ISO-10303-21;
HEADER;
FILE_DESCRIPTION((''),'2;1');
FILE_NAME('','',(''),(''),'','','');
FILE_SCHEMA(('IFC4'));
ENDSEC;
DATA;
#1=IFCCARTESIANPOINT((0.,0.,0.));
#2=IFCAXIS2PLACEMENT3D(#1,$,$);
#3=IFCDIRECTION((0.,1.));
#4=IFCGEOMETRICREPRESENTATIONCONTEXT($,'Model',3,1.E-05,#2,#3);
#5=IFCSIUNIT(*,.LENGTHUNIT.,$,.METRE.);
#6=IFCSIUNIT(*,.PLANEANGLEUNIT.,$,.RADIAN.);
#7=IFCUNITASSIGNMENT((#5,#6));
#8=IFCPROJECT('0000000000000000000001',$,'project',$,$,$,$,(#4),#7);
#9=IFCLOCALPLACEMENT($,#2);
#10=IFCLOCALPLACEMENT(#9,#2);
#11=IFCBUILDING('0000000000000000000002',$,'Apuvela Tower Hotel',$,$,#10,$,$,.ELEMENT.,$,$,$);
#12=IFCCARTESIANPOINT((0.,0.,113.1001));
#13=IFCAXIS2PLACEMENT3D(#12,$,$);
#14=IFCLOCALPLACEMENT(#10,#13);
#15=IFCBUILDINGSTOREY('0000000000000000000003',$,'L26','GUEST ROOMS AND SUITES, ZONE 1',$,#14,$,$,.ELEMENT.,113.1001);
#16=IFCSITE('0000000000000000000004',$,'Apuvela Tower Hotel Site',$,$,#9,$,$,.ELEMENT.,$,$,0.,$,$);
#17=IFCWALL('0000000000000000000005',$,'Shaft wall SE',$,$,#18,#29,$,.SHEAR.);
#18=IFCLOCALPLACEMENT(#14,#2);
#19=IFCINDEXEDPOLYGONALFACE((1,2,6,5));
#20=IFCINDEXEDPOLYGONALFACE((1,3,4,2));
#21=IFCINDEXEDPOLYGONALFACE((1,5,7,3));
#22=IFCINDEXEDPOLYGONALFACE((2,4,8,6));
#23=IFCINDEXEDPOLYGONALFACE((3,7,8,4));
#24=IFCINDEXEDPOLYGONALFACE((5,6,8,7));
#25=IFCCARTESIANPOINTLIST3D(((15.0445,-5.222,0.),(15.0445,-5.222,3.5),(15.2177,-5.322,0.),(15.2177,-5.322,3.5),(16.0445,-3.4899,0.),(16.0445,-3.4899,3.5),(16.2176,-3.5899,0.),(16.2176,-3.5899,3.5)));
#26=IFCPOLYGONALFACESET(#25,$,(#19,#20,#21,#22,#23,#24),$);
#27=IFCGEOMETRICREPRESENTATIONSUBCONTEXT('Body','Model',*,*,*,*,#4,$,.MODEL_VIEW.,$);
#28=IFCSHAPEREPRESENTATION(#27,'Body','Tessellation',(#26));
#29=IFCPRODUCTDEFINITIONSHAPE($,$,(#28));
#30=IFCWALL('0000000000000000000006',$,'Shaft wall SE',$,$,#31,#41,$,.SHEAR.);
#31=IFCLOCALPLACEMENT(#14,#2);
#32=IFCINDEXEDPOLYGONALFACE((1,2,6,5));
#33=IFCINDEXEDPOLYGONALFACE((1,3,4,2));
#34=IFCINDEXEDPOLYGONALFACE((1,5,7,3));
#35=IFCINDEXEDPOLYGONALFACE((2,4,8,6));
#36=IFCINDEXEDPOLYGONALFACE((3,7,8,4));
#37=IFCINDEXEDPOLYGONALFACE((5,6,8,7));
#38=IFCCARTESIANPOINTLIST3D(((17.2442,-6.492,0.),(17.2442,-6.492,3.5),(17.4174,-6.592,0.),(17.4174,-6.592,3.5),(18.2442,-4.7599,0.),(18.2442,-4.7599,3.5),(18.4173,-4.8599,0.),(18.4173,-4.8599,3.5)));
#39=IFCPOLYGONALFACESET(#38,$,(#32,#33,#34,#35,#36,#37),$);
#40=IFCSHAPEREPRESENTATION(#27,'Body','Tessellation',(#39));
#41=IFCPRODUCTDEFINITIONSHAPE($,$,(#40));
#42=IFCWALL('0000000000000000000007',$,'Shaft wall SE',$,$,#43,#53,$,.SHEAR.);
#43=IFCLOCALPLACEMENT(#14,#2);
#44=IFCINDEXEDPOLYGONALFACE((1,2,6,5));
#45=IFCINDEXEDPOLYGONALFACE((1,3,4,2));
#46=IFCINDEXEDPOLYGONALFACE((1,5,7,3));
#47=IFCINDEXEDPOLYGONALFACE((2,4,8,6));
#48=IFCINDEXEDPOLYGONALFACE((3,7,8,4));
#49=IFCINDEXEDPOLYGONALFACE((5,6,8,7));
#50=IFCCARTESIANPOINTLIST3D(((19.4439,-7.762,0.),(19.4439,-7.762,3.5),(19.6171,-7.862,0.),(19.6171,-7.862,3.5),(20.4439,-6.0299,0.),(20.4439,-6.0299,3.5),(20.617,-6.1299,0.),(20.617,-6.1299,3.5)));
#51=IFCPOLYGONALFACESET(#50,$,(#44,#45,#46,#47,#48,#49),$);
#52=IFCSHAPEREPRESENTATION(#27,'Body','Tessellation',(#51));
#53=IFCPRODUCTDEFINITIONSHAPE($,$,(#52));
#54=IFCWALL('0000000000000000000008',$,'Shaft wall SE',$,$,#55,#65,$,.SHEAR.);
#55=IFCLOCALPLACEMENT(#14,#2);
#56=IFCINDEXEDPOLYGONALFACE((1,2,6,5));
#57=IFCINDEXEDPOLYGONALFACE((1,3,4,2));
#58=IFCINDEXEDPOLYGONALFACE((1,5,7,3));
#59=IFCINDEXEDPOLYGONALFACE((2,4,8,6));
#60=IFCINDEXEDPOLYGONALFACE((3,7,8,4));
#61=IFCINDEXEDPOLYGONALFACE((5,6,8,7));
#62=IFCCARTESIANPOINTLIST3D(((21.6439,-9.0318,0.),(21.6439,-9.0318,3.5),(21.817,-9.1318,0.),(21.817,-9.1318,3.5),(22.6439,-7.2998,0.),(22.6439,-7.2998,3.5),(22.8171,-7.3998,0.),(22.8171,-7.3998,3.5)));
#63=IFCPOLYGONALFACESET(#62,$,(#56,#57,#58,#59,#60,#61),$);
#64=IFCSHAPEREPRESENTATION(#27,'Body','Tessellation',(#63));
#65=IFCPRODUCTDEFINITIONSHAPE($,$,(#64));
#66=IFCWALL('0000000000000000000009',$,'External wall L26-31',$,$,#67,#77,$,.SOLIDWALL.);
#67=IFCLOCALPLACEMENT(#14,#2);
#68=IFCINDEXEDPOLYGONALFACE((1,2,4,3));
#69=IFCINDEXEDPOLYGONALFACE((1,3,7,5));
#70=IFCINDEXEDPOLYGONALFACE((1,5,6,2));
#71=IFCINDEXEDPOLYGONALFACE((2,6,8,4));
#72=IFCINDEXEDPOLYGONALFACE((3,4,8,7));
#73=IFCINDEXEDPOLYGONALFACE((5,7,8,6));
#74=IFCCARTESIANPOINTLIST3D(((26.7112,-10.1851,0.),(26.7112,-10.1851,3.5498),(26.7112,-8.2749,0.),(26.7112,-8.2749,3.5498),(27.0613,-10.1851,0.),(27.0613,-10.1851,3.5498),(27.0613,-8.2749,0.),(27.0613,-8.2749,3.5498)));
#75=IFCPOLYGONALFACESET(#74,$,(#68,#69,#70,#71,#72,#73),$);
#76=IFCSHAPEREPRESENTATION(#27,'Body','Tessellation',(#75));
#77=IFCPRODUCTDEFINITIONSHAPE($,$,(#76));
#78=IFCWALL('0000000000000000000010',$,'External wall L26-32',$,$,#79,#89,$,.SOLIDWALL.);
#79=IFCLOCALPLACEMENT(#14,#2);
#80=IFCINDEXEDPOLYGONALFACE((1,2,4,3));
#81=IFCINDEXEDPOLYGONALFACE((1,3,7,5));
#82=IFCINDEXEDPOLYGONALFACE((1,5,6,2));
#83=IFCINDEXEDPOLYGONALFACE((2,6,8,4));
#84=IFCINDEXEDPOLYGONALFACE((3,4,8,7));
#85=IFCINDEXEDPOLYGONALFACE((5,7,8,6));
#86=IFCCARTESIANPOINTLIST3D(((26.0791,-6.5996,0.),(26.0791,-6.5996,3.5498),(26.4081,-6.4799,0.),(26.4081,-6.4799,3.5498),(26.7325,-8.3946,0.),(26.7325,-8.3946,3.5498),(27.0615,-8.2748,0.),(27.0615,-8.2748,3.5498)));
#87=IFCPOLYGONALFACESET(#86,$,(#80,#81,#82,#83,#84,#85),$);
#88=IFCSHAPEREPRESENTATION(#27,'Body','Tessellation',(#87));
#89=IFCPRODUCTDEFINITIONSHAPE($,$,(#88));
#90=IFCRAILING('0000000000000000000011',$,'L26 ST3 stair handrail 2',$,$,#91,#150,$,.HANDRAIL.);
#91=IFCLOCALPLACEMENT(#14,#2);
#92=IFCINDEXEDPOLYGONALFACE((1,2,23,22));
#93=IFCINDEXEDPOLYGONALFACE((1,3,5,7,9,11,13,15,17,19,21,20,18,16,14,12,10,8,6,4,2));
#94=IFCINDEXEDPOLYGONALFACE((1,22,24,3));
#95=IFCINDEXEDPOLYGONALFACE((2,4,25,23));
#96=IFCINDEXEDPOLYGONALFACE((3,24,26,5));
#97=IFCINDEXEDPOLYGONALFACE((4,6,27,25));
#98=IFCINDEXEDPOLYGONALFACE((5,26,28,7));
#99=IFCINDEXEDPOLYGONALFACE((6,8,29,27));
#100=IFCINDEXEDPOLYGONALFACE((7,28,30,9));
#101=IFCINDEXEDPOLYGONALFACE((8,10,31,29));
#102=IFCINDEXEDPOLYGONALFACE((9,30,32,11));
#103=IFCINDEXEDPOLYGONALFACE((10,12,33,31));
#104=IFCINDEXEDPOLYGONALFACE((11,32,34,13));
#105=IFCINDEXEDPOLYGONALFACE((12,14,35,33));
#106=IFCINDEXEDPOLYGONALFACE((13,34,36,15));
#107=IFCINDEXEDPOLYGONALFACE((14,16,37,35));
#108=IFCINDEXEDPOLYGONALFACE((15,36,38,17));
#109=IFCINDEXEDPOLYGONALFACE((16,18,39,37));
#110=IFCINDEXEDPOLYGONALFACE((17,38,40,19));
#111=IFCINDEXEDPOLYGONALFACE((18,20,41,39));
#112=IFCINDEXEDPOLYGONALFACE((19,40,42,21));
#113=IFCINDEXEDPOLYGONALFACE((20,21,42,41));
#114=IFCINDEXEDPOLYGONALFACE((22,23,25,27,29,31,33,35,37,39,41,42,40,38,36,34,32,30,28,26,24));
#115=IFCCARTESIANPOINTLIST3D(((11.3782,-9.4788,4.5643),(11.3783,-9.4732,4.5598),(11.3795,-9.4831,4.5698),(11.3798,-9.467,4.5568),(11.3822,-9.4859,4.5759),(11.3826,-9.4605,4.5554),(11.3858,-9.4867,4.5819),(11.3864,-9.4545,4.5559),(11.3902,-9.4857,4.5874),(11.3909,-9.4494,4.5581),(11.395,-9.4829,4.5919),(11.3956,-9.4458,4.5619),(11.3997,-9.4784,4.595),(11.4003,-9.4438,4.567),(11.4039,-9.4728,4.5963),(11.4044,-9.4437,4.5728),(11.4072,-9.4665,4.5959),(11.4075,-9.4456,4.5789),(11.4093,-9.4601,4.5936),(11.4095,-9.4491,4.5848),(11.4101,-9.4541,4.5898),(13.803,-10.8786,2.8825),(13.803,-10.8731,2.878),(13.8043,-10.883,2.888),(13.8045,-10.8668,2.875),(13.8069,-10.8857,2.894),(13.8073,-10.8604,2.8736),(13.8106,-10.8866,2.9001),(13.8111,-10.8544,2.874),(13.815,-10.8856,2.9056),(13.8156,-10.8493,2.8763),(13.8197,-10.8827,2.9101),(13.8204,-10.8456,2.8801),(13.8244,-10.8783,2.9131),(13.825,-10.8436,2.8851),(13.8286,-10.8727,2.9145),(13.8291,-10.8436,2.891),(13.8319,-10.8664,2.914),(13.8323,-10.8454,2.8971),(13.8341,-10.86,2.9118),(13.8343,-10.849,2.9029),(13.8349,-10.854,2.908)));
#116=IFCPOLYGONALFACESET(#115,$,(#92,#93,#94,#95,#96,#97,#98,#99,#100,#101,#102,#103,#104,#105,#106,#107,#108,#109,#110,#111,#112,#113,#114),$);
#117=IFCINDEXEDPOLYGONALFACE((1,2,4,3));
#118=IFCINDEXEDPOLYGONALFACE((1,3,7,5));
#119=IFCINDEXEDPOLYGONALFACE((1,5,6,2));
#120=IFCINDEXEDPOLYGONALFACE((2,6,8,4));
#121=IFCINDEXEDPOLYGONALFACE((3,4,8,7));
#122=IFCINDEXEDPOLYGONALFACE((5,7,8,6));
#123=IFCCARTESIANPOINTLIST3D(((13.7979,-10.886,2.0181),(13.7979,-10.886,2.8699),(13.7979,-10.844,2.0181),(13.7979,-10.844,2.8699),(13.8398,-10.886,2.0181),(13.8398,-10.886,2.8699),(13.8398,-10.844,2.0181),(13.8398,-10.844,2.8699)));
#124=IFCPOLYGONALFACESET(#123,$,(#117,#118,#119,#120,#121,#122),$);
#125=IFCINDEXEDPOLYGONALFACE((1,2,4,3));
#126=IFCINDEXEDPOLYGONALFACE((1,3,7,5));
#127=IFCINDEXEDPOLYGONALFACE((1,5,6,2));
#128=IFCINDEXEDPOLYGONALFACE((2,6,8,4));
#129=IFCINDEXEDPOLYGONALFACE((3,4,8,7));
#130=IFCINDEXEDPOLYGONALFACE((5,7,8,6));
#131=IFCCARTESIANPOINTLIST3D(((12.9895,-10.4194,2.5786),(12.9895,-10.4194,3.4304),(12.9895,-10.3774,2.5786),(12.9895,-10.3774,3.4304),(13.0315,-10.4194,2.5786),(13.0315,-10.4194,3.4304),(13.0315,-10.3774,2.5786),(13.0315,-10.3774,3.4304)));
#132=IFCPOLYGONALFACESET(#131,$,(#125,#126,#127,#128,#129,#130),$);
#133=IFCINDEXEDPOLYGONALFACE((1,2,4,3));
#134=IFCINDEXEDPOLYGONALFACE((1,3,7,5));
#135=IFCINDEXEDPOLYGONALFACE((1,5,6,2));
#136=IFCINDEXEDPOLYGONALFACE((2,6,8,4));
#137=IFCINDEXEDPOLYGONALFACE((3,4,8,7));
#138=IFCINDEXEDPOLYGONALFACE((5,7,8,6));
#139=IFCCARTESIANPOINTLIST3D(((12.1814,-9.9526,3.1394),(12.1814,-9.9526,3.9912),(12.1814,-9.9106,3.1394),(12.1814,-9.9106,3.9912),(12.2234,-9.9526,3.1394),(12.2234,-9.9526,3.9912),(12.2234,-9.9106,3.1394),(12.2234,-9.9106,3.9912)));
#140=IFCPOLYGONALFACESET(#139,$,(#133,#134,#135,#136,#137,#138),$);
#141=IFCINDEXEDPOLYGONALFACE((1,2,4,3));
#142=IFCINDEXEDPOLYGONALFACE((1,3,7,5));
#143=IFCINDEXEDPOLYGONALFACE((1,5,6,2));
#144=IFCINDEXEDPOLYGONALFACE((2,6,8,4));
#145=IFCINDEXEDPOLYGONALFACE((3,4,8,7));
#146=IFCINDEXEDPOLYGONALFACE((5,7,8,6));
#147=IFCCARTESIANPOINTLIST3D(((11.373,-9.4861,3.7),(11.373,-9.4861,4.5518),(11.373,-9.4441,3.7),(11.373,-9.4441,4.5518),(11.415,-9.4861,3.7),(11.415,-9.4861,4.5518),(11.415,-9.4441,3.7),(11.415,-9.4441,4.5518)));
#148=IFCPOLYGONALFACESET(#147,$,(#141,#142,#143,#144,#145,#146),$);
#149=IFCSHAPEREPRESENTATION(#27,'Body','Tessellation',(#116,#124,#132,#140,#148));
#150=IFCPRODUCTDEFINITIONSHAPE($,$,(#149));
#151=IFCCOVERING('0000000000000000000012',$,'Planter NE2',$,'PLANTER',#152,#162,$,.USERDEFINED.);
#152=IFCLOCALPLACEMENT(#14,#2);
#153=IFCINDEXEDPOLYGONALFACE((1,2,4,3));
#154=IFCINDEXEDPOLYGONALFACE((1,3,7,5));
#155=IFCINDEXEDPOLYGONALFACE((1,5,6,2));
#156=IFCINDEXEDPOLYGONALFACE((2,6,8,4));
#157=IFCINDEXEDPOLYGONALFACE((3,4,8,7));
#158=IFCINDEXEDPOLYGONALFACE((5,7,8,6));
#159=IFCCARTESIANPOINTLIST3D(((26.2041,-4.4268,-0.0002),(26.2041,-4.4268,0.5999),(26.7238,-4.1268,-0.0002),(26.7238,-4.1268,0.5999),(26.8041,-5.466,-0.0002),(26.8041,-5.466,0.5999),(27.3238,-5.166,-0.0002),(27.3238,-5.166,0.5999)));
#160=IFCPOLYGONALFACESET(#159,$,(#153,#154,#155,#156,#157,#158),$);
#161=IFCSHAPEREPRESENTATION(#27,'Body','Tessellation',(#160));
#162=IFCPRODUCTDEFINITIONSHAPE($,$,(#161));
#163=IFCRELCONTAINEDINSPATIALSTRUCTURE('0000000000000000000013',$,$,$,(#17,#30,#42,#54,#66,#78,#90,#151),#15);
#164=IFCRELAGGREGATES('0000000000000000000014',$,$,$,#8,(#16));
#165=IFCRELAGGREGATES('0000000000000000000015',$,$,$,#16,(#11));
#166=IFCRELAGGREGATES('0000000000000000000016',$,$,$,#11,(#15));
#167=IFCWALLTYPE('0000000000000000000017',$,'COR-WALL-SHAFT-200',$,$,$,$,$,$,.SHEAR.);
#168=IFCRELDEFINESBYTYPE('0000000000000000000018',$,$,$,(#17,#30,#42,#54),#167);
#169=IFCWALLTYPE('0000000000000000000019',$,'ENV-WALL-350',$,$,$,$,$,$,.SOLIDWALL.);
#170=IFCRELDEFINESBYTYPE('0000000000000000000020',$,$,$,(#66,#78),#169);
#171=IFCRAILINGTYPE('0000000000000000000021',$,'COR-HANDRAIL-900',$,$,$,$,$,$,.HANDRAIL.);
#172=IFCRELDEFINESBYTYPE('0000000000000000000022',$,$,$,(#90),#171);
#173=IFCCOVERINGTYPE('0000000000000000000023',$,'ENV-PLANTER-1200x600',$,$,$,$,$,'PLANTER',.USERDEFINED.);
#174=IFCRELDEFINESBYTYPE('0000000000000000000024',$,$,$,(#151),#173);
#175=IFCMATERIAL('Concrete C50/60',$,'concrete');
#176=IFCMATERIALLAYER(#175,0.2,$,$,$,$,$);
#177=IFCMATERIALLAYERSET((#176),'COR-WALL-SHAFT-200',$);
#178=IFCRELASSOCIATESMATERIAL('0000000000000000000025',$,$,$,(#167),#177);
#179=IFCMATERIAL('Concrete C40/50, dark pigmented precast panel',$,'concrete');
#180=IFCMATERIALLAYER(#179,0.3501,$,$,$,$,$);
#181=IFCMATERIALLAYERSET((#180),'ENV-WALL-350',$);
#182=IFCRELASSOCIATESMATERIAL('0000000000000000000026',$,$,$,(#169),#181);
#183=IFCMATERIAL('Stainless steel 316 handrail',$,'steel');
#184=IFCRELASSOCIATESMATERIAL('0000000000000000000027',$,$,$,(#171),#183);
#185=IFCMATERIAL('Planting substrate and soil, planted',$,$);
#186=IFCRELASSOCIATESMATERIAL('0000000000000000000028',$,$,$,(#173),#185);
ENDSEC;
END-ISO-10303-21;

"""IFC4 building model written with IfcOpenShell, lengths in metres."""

from ifc_helpers import new_model, si_unit, direction, frame, frame_2d, origin, origin_2d, place, context, subcontext, project, spatial, rectangle, circle, extrude, material, layer, layer_set, type_object, element, save


model = new_model("IFC4")

# Units and contexts
model_context = context("Model", 3, precision=1e-05, world=origin(), true_north=direction((0.0, 1.0)))
body_context = subcontext(model_context, "Body", "Model", "MODEL_VIEW")
ifc_project = project(units=[si_unit("LENGTHUNIT", "METRE"), si_unit("PLANEANGLEUNIT", "RADIAN")], contexts=[model_context])

# Site, building, storey
site_placement = place(None, origin())
site = spatial("IfcSite", under=ifc_project, at=site_placement, Name="Apuvela Tower Hotel Site", CompositionType="ELEMENT", RefElevation=0.0)
building_placement = place(site_placement, origin())
building = spatial("IfcBuilding", under=site, at=building_placement, Name="Apuvela Tower Hotel", CompositionType="ELEMENT")
storey_placement = place(building_placement, frame((0.0, 0.0, 113.1001)))
storey = spatial("IfcBuildingStorey", under=building, at=storey_placement, Name="L26", Description="GUEST ROOMS AND SUITES, ZONE 1", CompositionType="ELEMENT", Elevation=113.1001)

# Walls
ifc_material_1 = material(Name="Concrete C50/60", Category="concrete")
ifc_layer_1 = layer(ifc_material_1, 0.2)
ifc_layer_set_1 = layer_set([ifc_layer_1], Name="COR-WALL-SHAFT-200")
wall_type_1 = type_object("IfcWallType", Name="COR-WALL-SHAFT-200", PredefinedType="SHEAR", material=ifc_layer_set_1)
for number, where, z_axis, x_axis, name in (
    (1, (15.1311, -5.272, 0.0), (0.0, 0.0, 1.0), (0.499973, 0.866041, 0.0), "Shaft wall SE"),
    (2, (17.3308, -6.542, 0.0), (0.0, 0.0, 1.0), (0.499973, 0.866041, 0.0), "Shaft wall SE"),
    (3, (19.5305, -7.812, 0.0), (0.0, 0.0, 1.0), (0.499973, 0.866041, 0.0), "Shaft wall SE"),
    (4, (21.7305, -9.0818, 0.0), (0.0, 0.0, 1.0), (0.500025, 0.866011, 0.0), "Shaft wall SE"),
):
    element("IfcWall", number, at=place(storey_placement, frame(where, z_axis=z_axis, x_axis=x_axis)), inside=storey, type_object=wall_type_1, Name=name, PredefinedType="SHEAR", context=body_context, shape_type="SweptSolid", body=[
        extrude(rectangle(XDim=2.0, YDim=0.2, at=frame_2d((1.0, 0.0))), origin(), (0.0, 0.0, 1.0), 3.5),
    ])
ifc_material_2 = material(Name="Concrete C40/50, dark pigmented precast panel", Category="concrete")
ifc_layer_2 = layer(ifc_material_2, 0.3501)
ifc_layer_set_2 = layer_set([ifc_layer_2], Name="ENV-WALL-350")
wall_type_2 = type_object("IfcWallType", Name="ENV-WALL-350", PredefinedType="SOLIDWALL", material=ifc_layer_set_2)
for number, where, z_axis, x_axis, name in (
    (5, (26.8862, -10.1851, 0.0), (0.0, 0.0, 1.0), (0.0, 1.0, 0.0), "External wall L26-31"),
    (6, (26.897, -8.3347, 0.0), (0.0, 0.0, 1.0), (-0.34203, 0.939689, 0.0), "External wall L26-32"),
):
    element("IfcWall", number, at=place(storey_placement, frame(where, z_axis=z_axis, x_axis=x_axis)), inside=storey, type_object=wall_type_2, Name=name, PredefinedType="SOLIDWALL", context=body_context, shape_type="SweptSolid", body=[
        extrude(rectangle(XDim=1.9102, YDim=0.3501, at=frame_2d((0.9551, 0.0))), origin(), (0.0, 0.0, 1.0), 3.5498),
    ])

# Railing
ifc_material_3 = material(Name="Stainless steel 316 handrail", Category="steel")
railing_type_1 = type_object("IfcRailingType", Name="COR-HANDRAIL-900", PredefinedType="HANDRAIL", material=ifc_material_3)
railing_1_placement = place(storey_placement, frame((13.8188, -10.865, 2.0181)))
element("IfcRailing", 7, at=railing_1_placement, inside=storey, type_object=railing_type_1, Name="L26 ST3 stair handrail 2", PredefinedType="HANDRAIL", context=body_context, shape_type="SweptSolid", body=[
    extrude(circle(Radius=0.0239, at=origin_2d()), frame((0.0, 0.0, 0.876), z_axis=(-0.74239, 0.428601, 0.514934), x_axis=(-0.499984, -0.866035, 0.0)), (0.0, 0.0, 1.0), 3.2661),
    extrude(rectangle(XDim=0.042, YDim=0.042, at=origin_2d()), origin(), (0.0, 0.0, 1.0), 0.8518),
    extrude(rectangle(XDim=0.042, YDim=0.042, at=origin_2d()), frame((-0.8083, 0.4666, 0.5605)), (0.0, 0.0, 1.0), 0.8518),
    extrude(rectangle(XDim=0.042, YDim=0.042, at=origin_2d()), frame((-1.6165, 0.9333, 1.1213)), (0.0, 0.0, 1.0), 0.8518),
    extrude(rectangle(XDim=0.042, YDim=0.042, at=origin_2d()), frame((-2.4248, 1.3999, 1.6819)), (0.0, 0.0, 1.0), 0.8518),
])

# Covering
ifc_material_4 = material(Name="Planting substrate and soil, planted")
covering_type = type_object("IfcCoveringType", Name="ENV-PLANTER-1200x600", ElementType="PLANTER", PredefinedType="USERDEFINED", material=ifc_material_4)
covering_placement = place(storey_placement, frame((26.7639, -4.7964, -0.0002), z_axis=(0.0, 0.0, 1.0), x_axis=(-0.5, 0.866025, 0.0)))
element("IfcCovering", 8, at=covering_placement, inside=storey, type_object=covering_type, Name="Planter NE2", ObjectType="PLANTER", PredefinedType="USERDEFINED", context=body_context, shape_type="SweptSolid", body=[
    extrude(rectangle(XDim=1.2, YDim=0.6001, at=origin_2d()), origin(), (0.0, 0.0, 1.0), 0.6001),
])

save(model, "model.ifc")
